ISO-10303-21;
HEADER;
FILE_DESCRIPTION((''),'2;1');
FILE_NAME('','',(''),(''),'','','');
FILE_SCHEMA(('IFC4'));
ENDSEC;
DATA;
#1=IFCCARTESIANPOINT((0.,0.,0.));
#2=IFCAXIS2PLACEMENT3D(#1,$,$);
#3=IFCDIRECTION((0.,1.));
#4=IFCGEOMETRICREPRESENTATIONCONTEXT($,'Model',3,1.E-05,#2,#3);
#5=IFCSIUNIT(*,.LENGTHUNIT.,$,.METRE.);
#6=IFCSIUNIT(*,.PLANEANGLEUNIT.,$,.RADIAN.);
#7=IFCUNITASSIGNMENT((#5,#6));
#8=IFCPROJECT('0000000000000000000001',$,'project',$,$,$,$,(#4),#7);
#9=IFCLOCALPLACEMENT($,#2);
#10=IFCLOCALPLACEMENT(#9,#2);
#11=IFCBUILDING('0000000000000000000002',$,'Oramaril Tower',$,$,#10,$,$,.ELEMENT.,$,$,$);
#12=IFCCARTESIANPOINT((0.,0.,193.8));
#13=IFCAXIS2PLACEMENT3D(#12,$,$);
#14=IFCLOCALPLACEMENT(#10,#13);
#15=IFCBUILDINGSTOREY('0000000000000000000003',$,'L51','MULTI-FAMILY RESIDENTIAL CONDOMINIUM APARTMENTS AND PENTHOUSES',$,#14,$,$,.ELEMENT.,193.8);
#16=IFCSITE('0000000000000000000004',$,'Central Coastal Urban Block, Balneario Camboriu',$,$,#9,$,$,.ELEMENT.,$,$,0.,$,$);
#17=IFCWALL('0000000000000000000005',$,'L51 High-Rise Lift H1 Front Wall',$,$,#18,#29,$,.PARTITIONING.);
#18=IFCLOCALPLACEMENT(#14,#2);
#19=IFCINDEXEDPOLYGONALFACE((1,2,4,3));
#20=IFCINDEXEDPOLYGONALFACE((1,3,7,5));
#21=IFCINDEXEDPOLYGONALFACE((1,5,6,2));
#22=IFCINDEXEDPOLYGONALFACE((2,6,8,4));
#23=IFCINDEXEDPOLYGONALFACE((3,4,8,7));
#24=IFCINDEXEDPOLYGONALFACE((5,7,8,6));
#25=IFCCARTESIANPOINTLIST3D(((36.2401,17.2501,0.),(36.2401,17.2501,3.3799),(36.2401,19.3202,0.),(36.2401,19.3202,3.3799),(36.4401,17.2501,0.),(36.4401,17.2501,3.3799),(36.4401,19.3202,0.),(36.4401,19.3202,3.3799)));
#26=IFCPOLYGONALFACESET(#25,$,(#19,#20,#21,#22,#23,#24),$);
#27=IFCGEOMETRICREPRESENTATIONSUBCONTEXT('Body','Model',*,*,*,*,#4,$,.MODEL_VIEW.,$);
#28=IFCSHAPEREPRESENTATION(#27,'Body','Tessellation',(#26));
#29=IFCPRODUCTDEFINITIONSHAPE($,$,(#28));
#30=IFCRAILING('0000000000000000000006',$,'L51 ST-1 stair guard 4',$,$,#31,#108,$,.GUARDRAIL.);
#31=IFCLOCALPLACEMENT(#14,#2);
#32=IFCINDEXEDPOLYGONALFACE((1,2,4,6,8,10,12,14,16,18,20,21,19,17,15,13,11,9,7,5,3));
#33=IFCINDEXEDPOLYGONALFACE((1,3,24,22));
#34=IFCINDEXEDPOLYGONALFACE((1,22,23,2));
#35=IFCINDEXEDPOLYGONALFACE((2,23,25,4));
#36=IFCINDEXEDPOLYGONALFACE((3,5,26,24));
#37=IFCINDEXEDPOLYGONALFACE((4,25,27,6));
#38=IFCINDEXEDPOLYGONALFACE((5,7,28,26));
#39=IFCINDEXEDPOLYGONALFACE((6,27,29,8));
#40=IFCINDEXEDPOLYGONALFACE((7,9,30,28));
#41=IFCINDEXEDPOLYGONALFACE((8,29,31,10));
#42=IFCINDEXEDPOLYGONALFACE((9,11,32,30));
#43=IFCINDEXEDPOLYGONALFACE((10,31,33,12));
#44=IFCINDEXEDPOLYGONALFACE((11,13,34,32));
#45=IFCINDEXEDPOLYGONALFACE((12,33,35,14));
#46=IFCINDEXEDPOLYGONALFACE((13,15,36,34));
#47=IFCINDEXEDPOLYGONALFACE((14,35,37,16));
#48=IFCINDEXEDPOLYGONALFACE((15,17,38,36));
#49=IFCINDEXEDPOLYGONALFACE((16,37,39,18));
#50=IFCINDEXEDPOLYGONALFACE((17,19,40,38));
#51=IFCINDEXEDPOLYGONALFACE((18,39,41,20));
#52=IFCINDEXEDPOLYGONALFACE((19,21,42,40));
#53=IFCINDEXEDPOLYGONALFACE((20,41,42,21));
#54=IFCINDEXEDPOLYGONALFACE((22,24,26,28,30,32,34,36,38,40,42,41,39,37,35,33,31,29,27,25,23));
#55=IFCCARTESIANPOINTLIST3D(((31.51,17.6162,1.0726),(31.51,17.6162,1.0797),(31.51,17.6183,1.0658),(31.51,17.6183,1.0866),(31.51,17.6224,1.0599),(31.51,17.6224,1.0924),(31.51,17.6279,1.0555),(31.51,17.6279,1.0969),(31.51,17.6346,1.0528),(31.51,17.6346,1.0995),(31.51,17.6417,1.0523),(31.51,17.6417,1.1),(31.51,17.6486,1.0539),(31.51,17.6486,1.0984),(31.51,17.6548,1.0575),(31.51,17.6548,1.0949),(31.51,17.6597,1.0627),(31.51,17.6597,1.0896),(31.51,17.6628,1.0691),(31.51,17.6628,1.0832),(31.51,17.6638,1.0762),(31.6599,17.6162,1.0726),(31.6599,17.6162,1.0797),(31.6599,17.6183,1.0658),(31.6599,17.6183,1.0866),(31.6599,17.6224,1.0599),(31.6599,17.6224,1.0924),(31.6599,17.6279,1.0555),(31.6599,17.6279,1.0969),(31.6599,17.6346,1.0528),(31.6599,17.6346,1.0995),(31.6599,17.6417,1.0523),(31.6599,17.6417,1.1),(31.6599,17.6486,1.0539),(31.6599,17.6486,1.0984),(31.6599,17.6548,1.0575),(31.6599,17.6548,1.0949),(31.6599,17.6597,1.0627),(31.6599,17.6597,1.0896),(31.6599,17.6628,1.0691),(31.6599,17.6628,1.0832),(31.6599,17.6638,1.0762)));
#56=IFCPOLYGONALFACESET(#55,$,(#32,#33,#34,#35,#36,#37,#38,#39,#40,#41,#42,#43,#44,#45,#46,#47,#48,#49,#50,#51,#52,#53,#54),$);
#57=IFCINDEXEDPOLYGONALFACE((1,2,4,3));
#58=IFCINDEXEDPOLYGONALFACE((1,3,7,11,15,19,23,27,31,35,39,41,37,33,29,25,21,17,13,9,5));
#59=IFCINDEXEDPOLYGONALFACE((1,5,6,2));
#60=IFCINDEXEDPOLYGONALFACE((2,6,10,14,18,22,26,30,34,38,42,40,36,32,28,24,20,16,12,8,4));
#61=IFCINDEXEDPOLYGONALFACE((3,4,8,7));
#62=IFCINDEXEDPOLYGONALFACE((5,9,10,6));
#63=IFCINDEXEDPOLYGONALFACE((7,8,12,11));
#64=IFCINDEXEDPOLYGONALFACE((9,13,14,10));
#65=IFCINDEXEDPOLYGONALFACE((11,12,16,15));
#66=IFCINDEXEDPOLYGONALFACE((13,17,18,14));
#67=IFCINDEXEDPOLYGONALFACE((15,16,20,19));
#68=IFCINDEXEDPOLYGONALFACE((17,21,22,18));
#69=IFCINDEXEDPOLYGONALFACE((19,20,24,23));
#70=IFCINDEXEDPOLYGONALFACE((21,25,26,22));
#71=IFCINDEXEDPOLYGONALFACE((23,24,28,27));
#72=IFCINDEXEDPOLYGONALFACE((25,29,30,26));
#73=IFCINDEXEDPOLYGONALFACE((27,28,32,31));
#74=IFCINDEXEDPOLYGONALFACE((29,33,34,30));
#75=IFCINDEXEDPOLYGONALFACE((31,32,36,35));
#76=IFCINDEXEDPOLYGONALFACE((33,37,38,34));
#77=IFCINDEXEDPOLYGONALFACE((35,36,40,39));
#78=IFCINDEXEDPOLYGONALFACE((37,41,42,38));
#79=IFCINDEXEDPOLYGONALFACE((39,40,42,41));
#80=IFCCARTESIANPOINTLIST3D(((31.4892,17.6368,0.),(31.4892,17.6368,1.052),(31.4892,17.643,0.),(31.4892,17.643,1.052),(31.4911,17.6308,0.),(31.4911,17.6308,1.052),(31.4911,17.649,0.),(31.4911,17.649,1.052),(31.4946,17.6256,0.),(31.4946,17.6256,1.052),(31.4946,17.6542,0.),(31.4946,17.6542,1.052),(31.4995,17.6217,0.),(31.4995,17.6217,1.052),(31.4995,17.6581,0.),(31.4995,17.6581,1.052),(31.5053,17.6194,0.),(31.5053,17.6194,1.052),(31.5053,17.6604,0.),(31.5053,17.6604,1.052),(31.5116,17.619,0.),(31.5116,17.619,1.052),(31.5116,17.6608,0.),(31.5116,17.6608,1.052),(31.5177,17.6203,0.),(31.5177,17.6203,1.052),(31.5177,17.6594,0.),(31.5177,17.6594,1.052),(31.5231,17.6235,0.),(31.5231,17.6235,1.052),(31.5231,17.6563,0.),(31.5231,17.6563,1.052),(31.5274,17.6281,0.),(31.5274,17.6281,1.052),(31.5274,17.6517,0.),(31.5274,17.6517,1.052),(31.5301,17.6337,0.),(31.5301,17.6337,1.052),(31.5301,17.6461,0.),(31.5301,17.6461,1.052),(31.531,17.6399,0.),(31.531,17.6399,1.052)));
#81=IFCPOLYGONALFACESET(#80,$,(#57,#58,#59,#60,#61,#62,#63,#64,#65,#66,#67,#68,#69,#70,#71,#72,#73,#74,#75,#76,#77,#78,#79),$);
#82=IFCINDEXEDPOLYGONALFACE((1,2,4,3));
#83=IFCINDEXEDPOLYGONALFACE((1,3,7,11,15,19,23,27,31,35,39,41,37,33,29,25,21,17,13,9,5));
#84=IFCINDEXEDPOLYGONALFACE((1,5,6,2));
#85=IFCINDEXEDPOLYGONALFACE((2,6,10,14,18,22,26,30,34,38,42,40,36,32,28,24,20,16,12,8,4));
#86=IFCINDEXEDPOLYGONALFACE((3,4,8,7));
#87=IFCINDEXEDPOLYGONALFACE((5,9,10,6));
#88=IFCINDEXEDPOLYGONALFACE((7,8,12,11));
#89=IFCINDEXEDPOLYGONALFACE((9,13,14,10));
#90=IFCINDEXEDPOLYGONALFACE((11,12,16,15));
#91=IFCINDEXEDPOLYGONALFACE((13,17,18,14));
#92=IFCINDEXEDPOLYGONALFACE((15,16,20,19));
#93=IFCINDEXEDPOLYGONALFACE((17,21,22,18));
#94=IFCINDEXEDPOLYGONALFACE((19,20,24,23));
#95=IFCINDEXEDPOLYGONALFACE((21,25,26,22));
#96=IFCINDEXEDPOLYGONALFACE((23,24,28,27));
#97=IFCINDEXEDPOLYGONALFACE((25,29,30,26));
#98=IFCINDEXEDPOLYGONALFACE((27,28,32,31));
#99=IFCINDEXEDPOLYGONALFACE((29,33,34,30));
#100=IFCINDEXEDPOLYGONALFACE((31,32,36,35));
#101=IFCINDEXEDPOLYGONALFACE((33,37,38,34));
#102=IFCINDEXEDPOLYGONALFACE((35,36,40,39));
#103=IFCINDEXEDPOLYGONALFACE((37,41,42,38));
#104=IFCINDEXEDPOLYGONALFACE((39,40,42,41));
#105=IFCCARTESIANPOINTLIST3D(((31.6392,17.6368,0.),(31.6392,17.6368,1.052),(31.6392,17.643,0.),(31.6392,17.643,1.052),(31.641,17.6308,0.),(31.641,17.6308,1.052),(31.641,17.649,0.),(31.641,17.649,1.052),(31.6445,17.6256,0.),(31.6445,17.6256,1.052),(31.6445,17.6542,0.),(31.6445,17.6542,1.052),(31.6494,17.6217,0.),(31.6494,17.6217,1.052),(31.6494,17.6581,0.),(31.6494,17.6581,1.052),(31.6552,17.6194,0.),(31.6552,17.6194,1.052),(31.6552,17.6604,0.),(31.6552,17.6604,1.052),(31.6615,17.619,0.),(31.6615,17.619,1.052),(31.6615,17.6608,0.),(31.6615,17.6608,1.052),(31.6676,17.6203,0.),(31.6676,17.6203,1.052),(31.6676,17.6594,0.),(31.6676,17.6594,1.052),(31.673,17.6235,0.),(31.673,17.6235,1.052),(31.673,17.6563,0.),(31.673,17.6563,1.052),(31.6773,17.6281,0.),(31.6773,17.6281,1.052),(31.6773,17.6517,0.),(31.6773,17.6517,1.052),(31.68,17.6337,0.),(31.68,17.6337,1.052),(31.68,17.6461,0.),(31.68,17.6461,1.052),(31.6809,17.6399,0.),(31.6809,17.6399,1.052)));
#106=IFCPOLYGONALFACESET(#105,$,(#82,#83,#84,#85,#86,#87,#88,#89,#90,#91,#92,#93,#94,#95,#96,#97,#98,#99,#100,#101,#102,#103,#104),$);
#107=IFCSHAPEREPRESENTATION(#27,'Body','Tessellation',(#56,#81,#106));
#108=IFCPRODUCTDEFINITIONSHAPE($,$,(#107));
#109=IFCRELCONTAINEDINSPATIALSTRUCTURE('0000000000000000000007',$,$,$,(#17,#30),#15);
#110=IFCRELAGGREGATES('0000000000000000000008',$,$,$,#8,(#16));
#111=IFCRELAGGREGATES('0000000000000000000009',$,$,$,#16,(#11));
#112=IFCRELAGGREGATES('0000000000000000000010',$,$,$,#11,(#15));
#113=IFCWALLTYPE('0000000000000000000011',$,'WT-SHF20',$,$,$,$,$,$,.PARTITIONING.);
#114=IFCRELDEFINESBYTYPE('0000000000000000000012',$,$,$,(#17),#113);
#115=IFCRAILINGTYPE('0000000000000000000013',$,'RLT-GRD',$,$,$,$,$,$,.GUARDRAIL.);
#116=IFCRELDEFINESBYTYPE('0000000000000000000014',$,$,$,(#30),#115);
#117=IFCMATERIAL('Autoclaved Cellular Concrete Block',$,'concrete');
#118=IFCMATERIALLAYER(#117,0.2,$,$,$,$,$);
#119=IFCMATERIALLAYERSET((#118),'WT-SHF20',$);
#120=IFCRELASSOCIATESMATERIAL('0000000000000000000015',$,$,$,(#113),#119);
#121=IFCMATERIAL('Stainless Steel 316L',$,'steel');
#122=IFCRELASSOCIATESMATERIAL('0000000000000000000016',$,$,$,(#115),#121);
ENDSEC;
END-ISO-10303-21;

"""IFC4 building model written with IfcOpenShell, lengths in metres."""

from ifc_helpers import new_model, si_unit, direction, frame, frame_2d, origin, origin_2d, place, context, subcontext, project, spatial, rectangle, circle, extrude, material, layer, layer_set, type_object, element, save


model = new_model("IFC4")

# Units and contexts
model_context = context("Model", 3, precision=1e-05, world=origin(), true_north=direction((0.0, 1.0)))
body_context = subcontext(model_context, "Body", "Model", "MODEL_VIEW")
ifc_project = project(units=[si_unit("LENGTHUNIT", "METRE"), si_unit("PLANEANGLEUNIT", "RADIAN")], contexts=[model_context])

# Site, building, storey
site_placement = place(None, origin())
site = spatial("IfcSite", under=ifc_project, at=site_placement, Name="Central Coastal Urban Block, Balneario Camboriu", CompositionType="ELEMENT", RefElevation=0.0)
building_placement = place(site_placement, origin())
building = spatial("IfcBuilding", under=site, at=building_placement, Name="Oramaril Tower", CompositionType="ELEMENT")
storey_placement = place(building_placement, frame((0.0, 0.0, 193.8)))
storey = spatial("IfcBuildingStorey", under=building, at=storey_placement, Name="L51", Description="MULTI-FAMILY RESIDENTIAL CONDOMINIUM APARTMENTS AND PENTHOUSES", CompositionType="ELEMENT", Elevation=193.8)

# Shared definitions
ifc_material_1 = material(Name="Autoclaved Cellular Concrete Block", Category="concrete")
ifc_layer_1 = layer(ifc_material_1, 0.2)
ifc_layer_set_1 = layer_set([ifc_layer_1], Name="WT-SHF20")
wall_type_1 = type_object("IfcWallType", Name="WT-SHF20", PredefinedType="PARTITIONING", material=ifc_layer_set_1)

# Wall
wall_1_placement = place(storey_placement, frame((36.3401, 17.25, 0.0), z_axis=(0.0, 0.0, 1.0), x_axis=(0.0, 1.0, 0.0)))
element("IfcWall", 1, at=wall_1_placement, inside=storey, type_object=wall_type_1, Name="L51 High-Rise Lift H1 Front Wall", PredefinedType="PARTITIONING", context=body_context, shape_type="SweptSolid", body=[
    extrude(rectangle(XDim=2.0701, YDim=0.2, at=frame_2d((1.0352, 0.0))), origin(), (0.0, 0.0, 1.0), 3.3799),
])

# Railing
ifc_material_2 = material(Name="Stainless Steel 316L", Category="steel")
railing_type_1 = type_object("IfcRailingType", Name="RLT-GRD", PredefinedType="GUARDRAIL", material=ifc_material_2)
railing_1_placement = place(storey_placement, frame((31.51, 17.6399, 0.0)))
element("IfcRailing", 2, at=railing_1_placement, inside=storey, type_object=railing_type_1, Name="L51 ST-1 stair guard 4", PredefinedType="GUARDRAIL", context=body_context, shape_type="SweptSolid", body=[
    extrude(circle(Radius=0.0239, at=origin_2d()), frame((0.0, 0.0, 1.0762), z_axis=(1.0, 0.0, 0.0), x_axis=(0.0, 1.0, 0.0)), (0.0, 0.0, 1.0), 0.1499),
    extrude(circle(Radius=0.021, at=origin_2d()), origin(), (0.0, 0.0, 1.0), 1.052),
    extrude(circle(Radius=0.021, at=origin_2d()), frame((0.1499, 0.0, 0.0)), (0.0, 0.0, 1.0), 1.052),
])

save(model, "model.ifc")
